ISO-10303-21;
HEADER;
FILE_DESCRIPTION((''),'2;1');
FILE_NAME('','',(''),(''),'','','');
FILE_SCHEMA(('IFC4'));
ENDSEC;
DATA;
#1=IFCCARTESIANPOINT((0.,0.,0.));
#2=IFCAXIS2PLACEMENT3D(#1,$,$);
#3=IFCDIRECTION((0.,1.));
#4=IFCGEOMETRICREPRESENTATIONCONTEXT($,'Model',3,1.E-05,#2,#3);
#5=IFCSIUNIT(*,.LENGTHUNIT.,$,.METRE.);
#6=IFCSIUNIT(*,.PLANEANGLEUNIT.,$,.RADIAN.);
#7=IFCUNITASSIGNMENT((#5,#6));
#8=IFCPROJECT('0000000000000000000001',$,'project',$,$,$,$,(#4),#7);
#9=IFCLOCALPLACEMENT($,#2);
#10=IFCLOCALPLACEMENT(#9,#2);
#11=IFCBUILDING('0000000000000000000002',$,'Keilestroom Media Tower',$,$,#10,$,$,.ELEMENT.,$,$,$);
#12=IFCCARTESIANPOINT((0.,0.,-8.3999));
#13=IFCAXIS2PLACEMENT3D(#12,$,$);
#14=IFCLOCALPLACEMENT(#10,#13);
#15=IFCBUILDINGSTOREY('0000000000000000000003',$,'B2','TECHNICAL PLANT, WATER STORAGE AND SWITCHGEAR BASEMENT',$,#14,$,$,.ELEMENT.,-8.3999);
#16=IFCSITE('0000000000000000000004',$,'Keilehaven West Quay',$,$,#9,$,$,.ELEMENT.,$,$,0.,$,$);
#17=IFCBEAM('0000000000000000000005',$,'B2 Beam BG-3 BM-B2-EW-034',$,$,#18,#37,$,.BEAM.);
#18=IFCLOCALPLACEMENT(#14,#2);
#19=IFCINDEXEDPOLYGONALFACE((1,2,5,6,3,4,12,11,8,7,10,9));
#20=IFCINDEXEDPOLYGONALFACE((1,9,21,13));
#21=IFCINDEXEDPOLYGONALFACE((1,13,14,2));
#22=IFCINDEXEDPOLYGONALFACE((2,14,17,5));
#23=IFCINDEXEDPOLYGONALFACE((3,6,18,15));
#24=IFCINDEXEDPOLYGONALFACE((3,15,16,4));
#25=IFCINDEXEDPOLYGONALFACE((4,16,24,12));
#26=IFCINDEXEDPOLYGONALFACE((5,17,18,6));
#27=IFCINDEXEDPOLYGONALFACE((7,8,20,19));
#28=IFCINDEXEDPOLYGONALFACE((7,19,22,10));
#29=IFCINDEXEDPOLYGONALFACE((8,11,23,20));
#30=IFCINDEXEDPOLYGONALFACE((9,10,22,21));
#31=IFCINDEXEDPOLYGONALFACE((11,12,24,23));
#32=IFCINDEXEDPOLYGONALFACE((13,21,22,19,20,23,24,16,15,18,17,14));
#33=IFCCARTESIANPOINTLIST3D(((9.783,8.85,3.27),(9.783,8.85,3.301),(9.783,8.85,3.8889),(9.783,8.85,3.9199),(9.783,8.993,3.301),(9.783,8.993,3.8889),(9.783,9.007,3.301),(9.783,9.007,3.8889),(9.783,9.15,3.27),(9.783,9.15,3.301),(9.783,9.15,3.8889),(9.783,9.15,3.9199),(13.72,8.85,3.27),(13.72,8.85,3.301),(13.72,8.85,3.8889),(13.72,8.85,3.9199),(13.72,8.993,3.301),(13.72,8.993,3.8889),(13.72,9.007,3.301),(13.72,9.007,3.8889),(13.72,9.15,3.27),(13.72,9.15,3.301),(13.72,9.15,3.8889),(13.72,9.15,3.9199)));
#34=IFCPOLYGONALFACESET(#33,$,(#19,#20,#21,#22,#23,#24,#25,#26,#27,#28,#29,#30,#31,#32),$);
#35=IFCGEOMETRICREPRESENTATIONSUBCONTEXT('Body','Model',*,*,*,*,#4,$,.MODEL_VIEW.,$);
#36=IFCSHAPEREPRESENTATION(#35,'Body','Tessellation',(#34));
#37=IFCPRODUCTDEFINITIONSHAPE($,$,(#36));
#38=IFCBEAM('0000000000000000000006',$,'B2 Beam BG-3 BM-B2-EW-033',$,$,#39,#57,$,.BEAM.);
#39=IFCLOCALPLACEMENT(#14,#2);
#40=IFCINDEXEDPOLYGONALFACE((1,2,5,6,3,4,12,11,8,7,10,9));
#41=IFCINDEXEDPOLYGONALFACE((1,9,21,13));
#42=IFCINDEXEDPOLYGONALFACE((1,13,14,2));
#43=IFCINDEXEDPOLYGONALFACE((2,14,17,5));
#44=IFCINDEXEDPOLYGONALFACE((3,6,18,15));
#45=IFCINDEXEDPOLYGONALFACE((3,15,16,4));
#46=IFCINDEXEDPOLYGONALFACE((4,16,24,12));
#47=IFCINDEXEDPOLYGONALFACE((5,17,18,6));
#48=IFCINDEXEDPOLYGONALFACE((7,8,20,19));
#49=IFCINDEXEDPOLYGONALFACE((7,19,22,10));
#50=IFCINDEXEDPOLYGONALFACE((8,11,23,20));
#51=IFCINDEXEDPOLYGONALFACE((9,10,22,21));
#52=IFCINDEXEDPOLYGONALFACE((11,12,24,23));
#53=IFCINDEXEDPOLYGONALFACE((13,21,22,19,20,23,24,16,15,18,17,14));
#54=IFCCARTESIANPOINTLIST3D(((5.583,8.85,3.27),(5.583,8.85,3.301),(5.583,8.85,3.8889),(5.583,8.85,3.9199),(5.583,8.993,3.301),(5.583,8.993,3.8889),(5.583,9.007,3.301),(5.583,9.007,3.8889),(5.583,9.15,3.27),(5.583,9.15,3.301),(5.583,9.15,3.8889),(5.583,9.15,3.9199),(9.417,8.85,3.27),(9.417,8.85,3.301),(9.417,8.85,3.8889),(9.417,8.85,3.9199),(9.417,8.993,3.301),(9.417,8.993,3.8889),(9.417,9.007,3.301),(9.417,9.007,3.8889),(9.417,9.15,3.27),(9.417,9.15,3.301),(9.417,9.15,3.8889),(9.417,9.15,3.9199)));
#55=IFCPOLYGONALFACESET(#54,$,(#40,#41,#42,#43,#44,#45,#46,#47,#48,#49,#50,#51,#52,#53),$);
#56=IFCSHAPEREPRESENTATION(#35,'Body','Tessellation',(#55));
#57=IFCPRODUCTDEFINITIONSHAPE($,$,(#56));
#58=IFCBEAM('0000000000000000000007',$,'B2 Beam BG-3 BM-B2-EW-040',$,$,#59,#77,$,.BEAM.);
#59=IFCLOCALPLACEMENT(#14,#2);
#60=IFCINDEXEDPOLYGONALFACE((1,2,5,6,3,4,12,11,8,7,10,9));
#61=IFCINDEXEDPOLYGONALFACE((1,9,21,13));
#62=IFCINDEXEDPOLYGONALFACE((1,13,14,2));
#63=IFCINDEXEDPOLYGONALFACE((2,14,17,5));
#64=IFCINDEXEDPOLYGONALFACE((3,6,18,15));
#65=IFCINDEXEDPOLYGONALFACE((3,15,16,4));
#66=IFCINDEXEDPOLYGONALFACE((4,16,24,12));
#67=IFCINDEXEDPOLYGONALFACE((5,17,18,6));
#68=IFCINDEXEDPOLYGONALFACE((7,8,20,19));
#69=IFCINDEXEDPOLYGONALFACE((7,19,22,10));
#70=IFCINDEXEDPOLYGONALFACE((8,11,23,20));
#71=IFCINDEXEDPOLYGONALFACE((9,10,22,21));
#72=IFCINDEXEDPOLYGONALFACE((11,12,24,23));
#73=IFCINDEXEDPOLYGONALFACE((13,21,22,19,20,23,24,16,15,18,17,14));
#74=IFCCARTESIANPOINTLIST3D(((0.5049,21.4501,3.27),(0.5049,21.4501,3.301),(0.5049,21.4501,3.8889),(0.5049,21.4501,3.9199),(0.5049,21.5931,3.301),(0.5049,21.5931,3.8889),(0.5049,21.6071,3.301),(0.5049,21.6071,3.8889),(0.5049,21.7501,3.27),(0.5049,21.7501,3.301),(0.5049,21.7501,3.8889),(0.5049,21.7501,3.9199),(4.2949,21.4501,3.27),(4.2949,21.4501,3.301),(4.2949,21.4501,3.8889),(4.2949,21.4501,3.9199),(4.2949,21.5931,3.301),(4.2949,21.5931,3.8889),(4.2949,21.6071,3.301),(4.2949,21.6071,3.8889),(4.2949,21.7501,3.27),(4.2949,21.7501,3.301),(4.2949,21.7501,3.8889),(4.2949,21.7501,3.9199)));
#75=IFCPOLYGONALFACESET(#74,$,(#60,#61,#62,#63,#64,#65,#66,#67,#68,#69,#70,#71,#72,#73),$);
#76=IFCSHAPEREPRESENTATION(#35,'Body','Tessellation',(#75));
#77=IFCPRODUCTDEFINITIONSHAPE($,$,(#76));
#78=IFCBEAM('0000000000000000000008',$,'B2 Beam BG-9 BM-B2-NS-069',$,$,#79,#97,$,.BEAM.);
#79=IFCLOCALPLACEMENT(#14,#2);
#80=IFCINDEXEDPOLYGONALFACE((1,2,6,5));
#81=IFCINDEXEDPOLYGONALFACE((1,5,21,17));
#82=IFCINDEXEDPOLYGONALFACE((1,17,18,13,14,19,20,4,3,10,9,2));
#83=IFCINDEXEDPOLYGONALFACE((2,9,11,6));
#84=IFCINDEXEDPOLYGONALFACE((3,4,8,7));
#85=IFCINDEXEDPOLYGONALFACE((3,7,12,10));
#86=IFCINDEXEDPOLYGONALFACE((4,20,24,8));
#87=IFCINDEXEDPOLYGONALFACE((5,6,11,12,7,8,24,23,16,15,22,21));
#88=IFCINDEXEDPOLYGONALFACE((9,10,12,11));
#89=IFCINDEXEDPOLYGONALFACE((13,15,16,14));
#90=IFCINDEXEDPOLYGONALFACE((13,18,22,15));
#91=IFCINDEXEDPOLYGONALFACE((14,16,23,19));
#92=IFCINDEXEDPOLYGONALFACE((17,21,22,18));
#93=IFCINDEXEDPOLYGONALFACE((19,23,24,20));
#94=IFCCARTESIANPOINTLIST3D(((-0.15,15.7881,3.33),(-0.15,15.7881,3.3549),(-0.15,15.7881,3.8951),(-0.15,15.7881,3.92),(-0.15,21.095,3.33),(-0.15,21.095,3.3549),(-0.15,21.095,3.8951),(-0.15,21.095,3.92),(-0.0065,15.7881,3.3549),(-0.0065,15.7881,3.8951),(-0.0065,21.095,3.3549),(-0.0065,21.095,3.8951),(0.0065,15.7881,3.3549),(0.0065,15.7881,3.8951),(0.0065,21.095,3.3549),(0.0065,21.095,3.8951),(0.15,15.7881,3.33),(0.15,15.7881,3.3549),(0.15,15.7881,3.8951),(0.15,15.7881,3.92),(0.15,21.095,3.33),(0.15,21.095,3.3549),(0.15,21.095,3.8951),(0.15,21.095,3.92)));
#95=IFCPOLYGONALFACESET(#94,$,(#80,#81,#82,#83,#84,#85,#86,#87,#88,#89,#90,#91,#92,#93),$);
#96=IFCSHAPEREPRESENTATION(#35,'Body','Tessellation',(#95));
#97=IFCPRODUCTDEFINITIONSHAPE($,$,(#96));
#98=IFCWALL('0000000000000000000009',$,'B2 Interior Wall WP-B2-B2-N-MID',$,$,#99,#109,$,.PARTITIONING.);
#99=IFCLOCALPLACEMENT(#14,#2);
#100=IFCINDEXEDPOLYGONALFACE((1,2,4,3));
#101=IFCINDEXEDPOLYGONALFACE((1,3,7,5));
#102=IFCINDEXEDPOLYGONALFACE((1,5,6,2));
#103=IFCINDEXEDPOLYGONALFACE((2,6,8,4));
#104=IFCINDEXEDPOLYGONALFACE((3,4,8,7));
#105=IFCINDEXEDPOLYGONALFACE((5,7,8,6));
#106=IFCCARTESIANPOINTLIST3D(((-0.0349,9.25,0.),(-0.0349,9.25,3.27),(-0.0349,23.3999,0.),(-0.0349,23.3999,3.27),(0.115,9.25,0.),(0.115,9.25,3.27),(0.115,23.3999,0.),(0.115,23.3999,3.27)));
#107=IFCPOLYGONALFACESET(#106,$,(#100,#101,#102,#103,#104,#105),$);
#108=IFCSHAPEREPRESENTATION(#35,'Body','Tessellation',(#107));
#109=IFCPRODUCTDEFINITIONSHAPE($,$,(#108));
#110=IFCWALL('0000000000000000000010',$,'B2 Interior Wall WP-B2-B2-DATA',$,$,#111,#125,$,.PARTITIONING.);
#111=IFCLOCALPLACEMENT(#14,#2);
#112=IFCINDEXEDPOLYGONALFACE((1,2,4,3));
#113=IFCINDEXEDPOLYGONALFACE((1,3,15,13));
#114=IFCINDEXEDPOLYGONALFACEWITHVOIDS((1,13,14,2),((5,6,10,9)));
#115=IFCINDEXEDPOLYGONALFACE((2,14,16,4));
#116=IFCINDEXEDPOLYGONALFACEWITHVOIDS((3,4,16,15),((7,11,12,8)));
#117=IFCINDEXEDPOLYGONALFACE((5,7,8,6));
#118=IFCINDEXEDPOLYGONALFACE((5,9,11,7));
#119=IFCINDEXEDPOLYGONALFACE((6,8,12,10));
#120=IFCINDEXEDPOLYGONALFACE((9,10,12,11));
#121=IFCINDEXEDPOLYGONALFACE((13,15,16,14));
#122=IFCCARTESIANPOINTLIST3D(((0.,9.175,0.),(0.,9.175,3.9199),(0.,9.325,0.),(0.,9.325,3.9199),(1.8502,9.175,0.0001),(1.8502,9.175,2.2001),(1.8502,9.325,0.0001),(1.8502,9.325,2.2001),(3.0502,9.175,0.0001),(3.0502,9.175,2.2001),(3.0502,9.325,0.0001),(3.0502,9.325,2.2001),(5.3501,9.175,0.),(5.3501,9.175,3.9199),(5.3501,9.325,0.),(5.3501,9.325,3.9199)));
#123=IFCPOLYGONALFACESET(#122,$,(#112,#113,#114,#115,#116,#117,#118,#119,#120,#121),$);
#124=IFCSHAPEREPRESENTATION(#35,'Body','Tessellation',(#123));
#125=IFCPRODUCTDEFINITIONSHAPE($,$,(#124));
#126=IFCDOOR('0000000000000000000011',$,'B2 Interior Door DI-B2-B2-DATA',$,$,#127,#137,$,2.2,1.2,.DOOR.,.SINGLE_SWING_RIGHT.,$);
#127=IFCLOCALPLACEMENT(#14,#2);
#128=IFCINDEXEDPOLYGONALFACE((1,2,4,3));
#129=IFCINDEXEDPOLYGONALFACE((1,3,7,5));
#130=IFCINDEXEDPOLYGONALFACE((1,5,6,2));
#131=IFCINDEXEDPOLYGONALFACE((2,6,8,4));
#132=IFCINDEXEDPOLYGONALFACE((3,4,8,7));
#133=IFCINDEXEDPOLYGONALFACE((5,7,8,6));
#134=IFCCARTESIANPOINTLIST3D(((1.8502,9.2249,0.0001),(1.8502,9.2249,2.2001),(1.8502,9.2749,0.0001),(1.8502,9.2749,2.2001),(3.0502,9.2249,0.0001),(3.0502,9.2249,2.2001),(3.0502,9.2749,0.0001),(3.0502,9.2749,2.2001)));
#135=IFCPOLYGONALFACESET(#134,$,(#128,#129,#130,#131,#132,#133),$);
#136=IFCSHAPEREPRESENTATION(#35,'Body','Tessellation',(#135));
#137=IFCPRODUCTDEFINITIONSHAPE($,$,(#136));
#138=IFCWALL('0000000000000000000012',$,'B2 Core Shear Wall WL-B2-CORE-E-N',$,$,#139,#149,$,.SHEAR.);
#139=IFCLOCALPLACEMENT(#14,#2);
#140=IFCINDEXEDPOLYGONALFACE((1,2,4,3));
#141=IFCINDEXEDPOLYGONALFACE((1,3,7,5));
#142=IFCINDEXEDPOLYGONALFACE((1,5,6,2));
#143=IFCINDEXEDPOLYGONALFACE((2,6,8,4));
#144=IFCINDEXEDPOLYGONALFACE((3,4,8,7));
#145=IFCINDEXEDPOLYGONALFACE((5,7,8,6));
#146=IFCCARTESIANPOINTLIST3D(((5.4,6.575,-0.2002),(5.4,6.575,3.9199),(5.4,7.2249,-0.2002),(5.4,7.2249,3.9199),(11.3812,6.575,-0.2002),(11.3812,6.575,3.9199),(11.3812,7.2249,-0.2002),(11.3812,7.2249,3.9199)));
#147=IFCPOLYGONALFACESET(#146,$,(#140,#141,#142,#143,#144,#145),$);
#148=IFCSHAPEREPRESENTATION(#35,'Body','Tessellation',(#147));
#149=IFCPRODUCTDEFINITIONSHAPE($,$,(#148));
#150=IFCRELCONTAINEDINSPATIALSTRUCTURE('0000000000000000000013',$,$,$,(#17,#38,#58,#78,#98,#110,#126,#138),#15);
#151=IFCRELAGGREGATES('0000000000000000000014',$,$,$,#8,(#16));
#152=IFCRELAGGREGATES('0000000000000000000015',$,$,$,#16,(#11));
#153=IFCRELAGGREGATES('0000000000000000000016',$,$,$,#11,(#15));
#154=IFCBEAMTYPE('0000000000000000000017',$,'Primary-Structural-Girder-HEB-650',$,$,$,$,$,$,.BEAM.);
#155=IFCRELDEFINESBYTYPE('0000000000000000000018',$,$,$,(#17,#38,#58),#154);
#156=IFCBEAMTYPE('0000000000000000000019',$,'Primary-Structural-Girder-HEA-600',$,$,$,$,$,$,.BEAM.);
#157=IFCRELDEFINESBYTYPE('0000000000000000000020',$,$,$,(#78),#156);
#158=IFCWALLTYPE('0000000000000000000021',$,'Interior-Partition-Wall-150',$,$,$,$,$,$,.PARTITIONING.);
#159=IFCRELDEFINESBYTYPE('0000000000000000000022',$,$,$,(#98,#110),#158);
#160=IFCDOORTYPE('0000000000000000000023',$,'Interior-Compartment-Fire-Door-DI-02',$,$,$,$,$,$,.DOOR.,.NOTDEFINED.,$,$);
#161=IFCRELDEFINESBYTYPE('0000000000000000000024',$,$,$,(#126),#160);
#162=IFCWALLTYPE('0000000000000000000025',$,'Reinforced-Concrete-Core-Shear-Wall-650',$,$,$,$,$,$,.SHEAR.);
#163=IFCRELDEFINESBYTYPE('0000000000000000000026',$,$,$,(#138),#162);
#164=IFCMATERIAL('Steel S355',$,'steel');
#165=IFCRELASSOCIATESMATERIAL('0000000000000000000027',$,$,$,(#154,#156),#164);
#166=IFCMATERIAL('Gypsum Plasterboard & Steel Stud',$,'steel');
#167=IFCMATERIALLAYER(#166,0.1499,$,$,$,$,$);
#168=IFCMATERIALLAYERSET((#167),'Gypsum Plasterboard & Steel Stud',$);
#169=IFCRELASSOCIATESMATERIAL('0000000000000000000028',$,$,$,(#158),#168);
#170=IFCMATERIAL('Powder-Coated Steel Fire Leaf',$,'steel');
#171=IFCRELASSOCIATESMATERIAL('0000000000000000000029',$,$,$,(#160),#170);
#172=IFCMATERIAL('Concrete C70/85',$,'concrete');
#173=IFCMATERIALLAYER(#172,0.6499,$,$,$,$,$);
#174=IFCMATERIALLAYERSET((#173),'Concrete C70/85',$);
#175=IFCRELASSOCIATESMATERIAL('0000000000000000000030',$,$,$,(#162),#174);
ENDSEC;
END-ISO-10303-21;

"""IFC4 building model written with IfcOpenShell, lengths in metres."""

from ifc_helpers import new_model, si_unit, direction, frame, frame_2d, origin, origin_2d, place, context, subcontext, project, spatial, rectangle, i_section, extrude, source, transform, mapped, material, layer, layer_set, material_profile, profile_set, type_object, element, fill, save


model = new_model("IFC4")

# Units and contexts
model_context = context("Model", 3, precision=1e-05, world=origin(), true_north=direction((0.0, 1.0)))
body_context = subcontext(model_context, "Body", "Model", "MODEL_VIEW")
ifc_project = project(units=[si_unit("LENGTHUNIT", "METRE"), si_unit("PLANEANGLEUNIT", "RADIAN")], contexts=[model_context])

# Site, building, storey
site_placement = place(None, origin())
site = spatial("IfcSite", under=ifc_project, at=site_placement, Name="Keilehaven West Quay", CompositionType="ELEMENT", RefElevation=0.0)
building_placement = place(site_placement, origin())
building = spatial("IfcBuilding", under=site, at=building_placement, Name="Keilestroom Media Tower", CompositionType="ELEMENT")
storey_placement = place(building_placement, frame((0.0, 0.0, -8.3999)))
storey = spatial("IfcBuildingStorey", under=building, at=storey_placement, Name="B2", Description="TECHNICAL PLANT, WATER STORAGE AND SWITCHGEAR BASEMENT", CompositionType="ELEMENT", Elevation=-8.3999)

# Beams
ifc_material_1 = material(Name="Steel S355", Category="steel")
ifc_material_profile_1 = material_profile(ifc_material_1, i_section(OverallWidth=0.3, OverallDepth=0.6499, WebThickness=0.0139, FlangeThickness=0.031, at=origin_2d()), Name="HEB 650")
ifc_profile_set_1 = profile_set([ifc_material_profile_1], Name="Steel S355")
beam_type_1 = type_object("IfcBeamType", Name="Primary-Structural-Girder-HEB-650", PredefinedType="BEAM", material=ifc_profile_set_1)
shared_shape_1 = source(origin(), body_context, "Body", "SweptSolid", [
    extrude(i_section(OverallWidth=0.3, OverallDepth=0.6499, WebThickness=0.0139, FlangeThickness=0.031, at=origin_2d()), origin(), (0.0, 0.0, 1.0), 3.937),
])
beam_1_placement = place(storey_placement, frame((9.783, 9.0, 3.595), z_axis=(1.0, 0.0, 0.0), x_axis=(0.0, 1.0, 0.0)))
element("IfcBeam", 1, at=beam_1_placement, inside=storey, type_object=beam_type_1, Name="B2 Beam BG-3 BM-B2-EW-034", PredefinedType="BEAM", context=body_context, shape_type="MappedRepresentation", body=[
    mapped(shared_shape_1, transform((0.0, 0.0, 0.0), x_axis=(1.0, 0.0, 0.0), y_axis=(0.0, 1.0, 0.0), z_axis=(0.0, 0.0, 1.0), scale=1.0)),
])
shared_shape_2 = source(origin(), body_context, "Body", "SweptSolid", [
    extrude(i_section(OverallWidth=0.3, OverallDepth=0.6499, WebThickness=0.0139, FlangeThickness=0.031, at=origin_2d()), origin(), (0.0, 0.0, 1.0), 3.834),
])
beam_2_placement = place(storey_placement, frame((5.583, 9.0, 3.595), z_axis=(1.0, 0.0, 0.0), x_axis=(0.0, 1.0, 0.0)))
element("IfcBeam", 2, at=beam_2_placement, inside=storey, type_object=beam_type_1, Name="B2 Beam BG-3 BM-B2-EW-033", PredefinedType="BEAM", context=body_context, shape_type="MappedRepresentation", body=[
    mapped(shared_shape_2, transform((0.0, 0.0, 0.0), x_axis=(1.0, 0.0, 0.0), y_axis=(0.0, 1.0, 0.0), z_axis=(0.0, 0.0, 1.0), scale=1.0)),
])
shared_shape_3 = source(origin(), body_context, "Body", "SweptSolid", [
    extrude(i_section(OverallWidth=0.3, OverallDepth=0.6499, WebThickness=0.0139, FlangeThickness=0.031, at=origin_2d()), origin(), (0.0, 0.0, 1.0), 3.79),
])
beam_3_placement = place(storey_placement, frame((0.5049, 21.6001, 3.595), z_axis=(1.0, 0.0, 0.0), x_axis=(0.0, 1.0, 0.0)))
element("IfcBeam", 3, at=beam_3_placement, inside=storey, type_object=beam_type_1, Name="B2 Beam BG-3 BM-B2-EW-040", PredefinedType="BEAM", context=body_context, shape_type="MappedRepresentation", body=[
    mapped(shared_shape_3, transform((0.0, 0.0, 0.0), x_axis=(1.0, 0.0, 0.0), y_axis=(0.0, 1.0, 0.0), z_axis=(0.0, 0.0, 1.0), scale=1.0)),
])
ifc_material_profile_2 = material_profile(ifc_material_1, i_section(OverallWidth=0.3, OverallDepth=0.5901, WebThickness=0.0129, FlangeThickness=0.0249, at=origin_2d()), Name="HEA 600")
ifc_profile_set_2 = profile_set([ifc_material_profile_2], Name="Steel S355")
beam_type_2 = type_object("IfcBeamType", Name="Primary-Structural-Girder-HEA-600", PredefinedType="BEAM", material=ifc_profile_set_2)
shared_shape_4 = source(origin(), body_context, "Body", "SweptSolid", [
    extrude(i_section(OverallWidth=0.3, OverallDepth=0.5901, WebThickness=0.0129, FlangeThickness=0.0249, at=origin_2d()), origin(), (0.0, 0.0, 1.0), 5.3069),
])
beam_4_placement = place(storey_placement, frame((0.0, 15.7881, 3.625), z_axis=(0.0, 1.0, 0.0), x_axis=(-1.0, 0.0, 0.0)))
element("IfcBeam", 4, at=beam_4_placement, inside=storey, type_object=beam_type_2, Name="B2 Beam BG-9 BM-B2-NS-069", PredefinedType="BEAM", context=body_context, shape_type="MappedRepresentation", body=[
    mapped(shared_shape_4, transform((0.0, 0.0, 0.0), x_axis=(1.0, 0.0, 0.0), y_axis=(0.0, 1.0, 0.0), z_axis=(0.0, 0.0, 1.0), scale=1.0)),
])

# Wall
ifc_material_2 = material(Name="Gypsum Plasterboard & Steel Stud", Category="steel")
ifc_layer_1 = layer(ifc_material_2, 0.1499)
ifc_layer_set_1 = layer_set([ifc_layer_1], Name="Gypsum Plasterboard & Steel Stud")
wall_type_1 = type_object("IfcWallType", Name="Interior-Partition-Wall-150", PredefinedType="PARTITIONING", material=ifc_layer_set_1)
wall_1_placement = place(storey_placement, frame((0.04, 9.25, 0.0), z_axis=(0.0, 0.0, 1.0), x_axis=(0.0, 1.0, 0.0)))
element("IfcWall", 5, at=wall_1_placement, inside=storey, type_object=wall_type_1, Name="B2 Interior Wall WP-B2-B2-N-MID", PredefinedType="PARTITIONING", context=body_context, shape_type="SweptSolid", body=[
    extrude(rectangle(XDim=14.1499, YDim=0.1499, at=frame_2d((7.075, 0.0))), origin(), (0.0, 0.0, 1.0), 3.27),
])

# Wall, opening, door
wall_2_placement = place(storey_placement, frame((0.0, 9.25, 0.0), z_axis=(0.0, 0.0, 1.0), x_axis=(1.0, 0.0, 0.0)))
wall_2 = element("IfcWall", 6, at=wall_2_placement, inside=storey, type_object=wall_type_1, Name="B2 Interior Wall WP-B2-B2-DATA", PredefinedType="PARTITIONING", context=body_context, shape_type="SweptSolid", body=[
    extrude(rectangle(XDim=5.3501, YDim=0.1499, at=frame_2d((2.675, 0.0))), origin(), (0.0, 0.0, 1.0), 3.9199),
])
opening_placement = place(wall_2_placement, frame((1.8501, 0.0, 0.0)))
opening = element("IfcOpeningElement", 7, at=opening_placement, cuts=wall_2, PredefinedType="OPENING", context=body_context, shape_type="SweptSolid", body=[
    extrude(rectangle(XDim=1.2, YDim=2.2, at=frame_2d((0.6001, 1.1001))), frame((0.0, 0.085, 0.0), z_axis=(0.0, -1.0, 0.0), x_axis=(1.0, 0.0, 0.0)), (0.0, 0.0, 1.0), 0.1699),
])
ifc_material_3 = material(Name="Powder-Coated Steel Fire Leaf", Category="steel")
door_type = type_object("IfcDoorType", Name="Interior-Compartment-Fire-Door-DI-02", OperationType="NOTDEFINED", PredefinedType="DOOR", material=ifc_material_3)
shared_shape_5 = source(origin(), body_context, "Body", "SweptSolid", [
    extrude(rectangle(XDim=1.2, YDim=2.2, at=frame_2d((0.6001, 1.1001))), frame((0.0, 0.0249, 0.0), z_axis=(0.0, -1.0, 0.0), x_axis=(1.0, 0.0, 0.0)), (0.0, 0.0, 1.0), 0.05),
])
door_placement = place(opening_placement, origin())
door = element("IfcDoor", 8, at=door_placement, inside=storey, type_object=door_type, Name="B2 Interior Door DI-B2-B2-DATA", OperationType="SINGLE_SWING_RIGHT", OverallHeight=2.2, OverallWidth=1.2, PredefinedType="DOOR", context=body_context, shape_type="MappedRepresentation", body=[
    mapped(shared_shape_5, transform((0.0, 0.0, 0.0), x_axis=(1.0, 0.0, 0.0), y_axis=(0.0, 1.0, 0.0), z_axis=(0.0, 0.0, 1.0), scale=1.0)),
])
fill(opening, door)

# Wall
ifc_material_4 = material(Name="Concrete C70/85", Category="concrete")
ifc_layer_2 = layer(ifc_material_4, 0.6499)
ifc_layer_set_2 = layer_set([ifc_layer_2], Name="Concrete C70/85")
wall_type_2 = type_object("IfcWallType", Name="Reinforced-Concrete-Core-Shear-Wall-650", PredefinedType="SHEAR", material=ifc_layer_set_2)
wall_3_placement = place(storey_placement, frame((5.3999, 6.8999, -0.2002), z_axis=(0.0, 0.0, 1.0), x_axis=(1.0, 0.0, 0.0)))
element("IfcWall", 9, at=wall_3_placement, inside=storey, type_object=wall_type_2, Name="B2 Core Shear Wall WL-B2-CORE-E-N", PredefinedType="SHEAR", context=body_context, shape_type="SweptSolid", body=[
    extrude(rectangle(XDim=5.9812, YDim=0.6499, at=frame_2d((2.9907, 0.0))), origin(), (0.0, 0.0, 1.0), 4.1201),
])

save(model, "model.ifc")
